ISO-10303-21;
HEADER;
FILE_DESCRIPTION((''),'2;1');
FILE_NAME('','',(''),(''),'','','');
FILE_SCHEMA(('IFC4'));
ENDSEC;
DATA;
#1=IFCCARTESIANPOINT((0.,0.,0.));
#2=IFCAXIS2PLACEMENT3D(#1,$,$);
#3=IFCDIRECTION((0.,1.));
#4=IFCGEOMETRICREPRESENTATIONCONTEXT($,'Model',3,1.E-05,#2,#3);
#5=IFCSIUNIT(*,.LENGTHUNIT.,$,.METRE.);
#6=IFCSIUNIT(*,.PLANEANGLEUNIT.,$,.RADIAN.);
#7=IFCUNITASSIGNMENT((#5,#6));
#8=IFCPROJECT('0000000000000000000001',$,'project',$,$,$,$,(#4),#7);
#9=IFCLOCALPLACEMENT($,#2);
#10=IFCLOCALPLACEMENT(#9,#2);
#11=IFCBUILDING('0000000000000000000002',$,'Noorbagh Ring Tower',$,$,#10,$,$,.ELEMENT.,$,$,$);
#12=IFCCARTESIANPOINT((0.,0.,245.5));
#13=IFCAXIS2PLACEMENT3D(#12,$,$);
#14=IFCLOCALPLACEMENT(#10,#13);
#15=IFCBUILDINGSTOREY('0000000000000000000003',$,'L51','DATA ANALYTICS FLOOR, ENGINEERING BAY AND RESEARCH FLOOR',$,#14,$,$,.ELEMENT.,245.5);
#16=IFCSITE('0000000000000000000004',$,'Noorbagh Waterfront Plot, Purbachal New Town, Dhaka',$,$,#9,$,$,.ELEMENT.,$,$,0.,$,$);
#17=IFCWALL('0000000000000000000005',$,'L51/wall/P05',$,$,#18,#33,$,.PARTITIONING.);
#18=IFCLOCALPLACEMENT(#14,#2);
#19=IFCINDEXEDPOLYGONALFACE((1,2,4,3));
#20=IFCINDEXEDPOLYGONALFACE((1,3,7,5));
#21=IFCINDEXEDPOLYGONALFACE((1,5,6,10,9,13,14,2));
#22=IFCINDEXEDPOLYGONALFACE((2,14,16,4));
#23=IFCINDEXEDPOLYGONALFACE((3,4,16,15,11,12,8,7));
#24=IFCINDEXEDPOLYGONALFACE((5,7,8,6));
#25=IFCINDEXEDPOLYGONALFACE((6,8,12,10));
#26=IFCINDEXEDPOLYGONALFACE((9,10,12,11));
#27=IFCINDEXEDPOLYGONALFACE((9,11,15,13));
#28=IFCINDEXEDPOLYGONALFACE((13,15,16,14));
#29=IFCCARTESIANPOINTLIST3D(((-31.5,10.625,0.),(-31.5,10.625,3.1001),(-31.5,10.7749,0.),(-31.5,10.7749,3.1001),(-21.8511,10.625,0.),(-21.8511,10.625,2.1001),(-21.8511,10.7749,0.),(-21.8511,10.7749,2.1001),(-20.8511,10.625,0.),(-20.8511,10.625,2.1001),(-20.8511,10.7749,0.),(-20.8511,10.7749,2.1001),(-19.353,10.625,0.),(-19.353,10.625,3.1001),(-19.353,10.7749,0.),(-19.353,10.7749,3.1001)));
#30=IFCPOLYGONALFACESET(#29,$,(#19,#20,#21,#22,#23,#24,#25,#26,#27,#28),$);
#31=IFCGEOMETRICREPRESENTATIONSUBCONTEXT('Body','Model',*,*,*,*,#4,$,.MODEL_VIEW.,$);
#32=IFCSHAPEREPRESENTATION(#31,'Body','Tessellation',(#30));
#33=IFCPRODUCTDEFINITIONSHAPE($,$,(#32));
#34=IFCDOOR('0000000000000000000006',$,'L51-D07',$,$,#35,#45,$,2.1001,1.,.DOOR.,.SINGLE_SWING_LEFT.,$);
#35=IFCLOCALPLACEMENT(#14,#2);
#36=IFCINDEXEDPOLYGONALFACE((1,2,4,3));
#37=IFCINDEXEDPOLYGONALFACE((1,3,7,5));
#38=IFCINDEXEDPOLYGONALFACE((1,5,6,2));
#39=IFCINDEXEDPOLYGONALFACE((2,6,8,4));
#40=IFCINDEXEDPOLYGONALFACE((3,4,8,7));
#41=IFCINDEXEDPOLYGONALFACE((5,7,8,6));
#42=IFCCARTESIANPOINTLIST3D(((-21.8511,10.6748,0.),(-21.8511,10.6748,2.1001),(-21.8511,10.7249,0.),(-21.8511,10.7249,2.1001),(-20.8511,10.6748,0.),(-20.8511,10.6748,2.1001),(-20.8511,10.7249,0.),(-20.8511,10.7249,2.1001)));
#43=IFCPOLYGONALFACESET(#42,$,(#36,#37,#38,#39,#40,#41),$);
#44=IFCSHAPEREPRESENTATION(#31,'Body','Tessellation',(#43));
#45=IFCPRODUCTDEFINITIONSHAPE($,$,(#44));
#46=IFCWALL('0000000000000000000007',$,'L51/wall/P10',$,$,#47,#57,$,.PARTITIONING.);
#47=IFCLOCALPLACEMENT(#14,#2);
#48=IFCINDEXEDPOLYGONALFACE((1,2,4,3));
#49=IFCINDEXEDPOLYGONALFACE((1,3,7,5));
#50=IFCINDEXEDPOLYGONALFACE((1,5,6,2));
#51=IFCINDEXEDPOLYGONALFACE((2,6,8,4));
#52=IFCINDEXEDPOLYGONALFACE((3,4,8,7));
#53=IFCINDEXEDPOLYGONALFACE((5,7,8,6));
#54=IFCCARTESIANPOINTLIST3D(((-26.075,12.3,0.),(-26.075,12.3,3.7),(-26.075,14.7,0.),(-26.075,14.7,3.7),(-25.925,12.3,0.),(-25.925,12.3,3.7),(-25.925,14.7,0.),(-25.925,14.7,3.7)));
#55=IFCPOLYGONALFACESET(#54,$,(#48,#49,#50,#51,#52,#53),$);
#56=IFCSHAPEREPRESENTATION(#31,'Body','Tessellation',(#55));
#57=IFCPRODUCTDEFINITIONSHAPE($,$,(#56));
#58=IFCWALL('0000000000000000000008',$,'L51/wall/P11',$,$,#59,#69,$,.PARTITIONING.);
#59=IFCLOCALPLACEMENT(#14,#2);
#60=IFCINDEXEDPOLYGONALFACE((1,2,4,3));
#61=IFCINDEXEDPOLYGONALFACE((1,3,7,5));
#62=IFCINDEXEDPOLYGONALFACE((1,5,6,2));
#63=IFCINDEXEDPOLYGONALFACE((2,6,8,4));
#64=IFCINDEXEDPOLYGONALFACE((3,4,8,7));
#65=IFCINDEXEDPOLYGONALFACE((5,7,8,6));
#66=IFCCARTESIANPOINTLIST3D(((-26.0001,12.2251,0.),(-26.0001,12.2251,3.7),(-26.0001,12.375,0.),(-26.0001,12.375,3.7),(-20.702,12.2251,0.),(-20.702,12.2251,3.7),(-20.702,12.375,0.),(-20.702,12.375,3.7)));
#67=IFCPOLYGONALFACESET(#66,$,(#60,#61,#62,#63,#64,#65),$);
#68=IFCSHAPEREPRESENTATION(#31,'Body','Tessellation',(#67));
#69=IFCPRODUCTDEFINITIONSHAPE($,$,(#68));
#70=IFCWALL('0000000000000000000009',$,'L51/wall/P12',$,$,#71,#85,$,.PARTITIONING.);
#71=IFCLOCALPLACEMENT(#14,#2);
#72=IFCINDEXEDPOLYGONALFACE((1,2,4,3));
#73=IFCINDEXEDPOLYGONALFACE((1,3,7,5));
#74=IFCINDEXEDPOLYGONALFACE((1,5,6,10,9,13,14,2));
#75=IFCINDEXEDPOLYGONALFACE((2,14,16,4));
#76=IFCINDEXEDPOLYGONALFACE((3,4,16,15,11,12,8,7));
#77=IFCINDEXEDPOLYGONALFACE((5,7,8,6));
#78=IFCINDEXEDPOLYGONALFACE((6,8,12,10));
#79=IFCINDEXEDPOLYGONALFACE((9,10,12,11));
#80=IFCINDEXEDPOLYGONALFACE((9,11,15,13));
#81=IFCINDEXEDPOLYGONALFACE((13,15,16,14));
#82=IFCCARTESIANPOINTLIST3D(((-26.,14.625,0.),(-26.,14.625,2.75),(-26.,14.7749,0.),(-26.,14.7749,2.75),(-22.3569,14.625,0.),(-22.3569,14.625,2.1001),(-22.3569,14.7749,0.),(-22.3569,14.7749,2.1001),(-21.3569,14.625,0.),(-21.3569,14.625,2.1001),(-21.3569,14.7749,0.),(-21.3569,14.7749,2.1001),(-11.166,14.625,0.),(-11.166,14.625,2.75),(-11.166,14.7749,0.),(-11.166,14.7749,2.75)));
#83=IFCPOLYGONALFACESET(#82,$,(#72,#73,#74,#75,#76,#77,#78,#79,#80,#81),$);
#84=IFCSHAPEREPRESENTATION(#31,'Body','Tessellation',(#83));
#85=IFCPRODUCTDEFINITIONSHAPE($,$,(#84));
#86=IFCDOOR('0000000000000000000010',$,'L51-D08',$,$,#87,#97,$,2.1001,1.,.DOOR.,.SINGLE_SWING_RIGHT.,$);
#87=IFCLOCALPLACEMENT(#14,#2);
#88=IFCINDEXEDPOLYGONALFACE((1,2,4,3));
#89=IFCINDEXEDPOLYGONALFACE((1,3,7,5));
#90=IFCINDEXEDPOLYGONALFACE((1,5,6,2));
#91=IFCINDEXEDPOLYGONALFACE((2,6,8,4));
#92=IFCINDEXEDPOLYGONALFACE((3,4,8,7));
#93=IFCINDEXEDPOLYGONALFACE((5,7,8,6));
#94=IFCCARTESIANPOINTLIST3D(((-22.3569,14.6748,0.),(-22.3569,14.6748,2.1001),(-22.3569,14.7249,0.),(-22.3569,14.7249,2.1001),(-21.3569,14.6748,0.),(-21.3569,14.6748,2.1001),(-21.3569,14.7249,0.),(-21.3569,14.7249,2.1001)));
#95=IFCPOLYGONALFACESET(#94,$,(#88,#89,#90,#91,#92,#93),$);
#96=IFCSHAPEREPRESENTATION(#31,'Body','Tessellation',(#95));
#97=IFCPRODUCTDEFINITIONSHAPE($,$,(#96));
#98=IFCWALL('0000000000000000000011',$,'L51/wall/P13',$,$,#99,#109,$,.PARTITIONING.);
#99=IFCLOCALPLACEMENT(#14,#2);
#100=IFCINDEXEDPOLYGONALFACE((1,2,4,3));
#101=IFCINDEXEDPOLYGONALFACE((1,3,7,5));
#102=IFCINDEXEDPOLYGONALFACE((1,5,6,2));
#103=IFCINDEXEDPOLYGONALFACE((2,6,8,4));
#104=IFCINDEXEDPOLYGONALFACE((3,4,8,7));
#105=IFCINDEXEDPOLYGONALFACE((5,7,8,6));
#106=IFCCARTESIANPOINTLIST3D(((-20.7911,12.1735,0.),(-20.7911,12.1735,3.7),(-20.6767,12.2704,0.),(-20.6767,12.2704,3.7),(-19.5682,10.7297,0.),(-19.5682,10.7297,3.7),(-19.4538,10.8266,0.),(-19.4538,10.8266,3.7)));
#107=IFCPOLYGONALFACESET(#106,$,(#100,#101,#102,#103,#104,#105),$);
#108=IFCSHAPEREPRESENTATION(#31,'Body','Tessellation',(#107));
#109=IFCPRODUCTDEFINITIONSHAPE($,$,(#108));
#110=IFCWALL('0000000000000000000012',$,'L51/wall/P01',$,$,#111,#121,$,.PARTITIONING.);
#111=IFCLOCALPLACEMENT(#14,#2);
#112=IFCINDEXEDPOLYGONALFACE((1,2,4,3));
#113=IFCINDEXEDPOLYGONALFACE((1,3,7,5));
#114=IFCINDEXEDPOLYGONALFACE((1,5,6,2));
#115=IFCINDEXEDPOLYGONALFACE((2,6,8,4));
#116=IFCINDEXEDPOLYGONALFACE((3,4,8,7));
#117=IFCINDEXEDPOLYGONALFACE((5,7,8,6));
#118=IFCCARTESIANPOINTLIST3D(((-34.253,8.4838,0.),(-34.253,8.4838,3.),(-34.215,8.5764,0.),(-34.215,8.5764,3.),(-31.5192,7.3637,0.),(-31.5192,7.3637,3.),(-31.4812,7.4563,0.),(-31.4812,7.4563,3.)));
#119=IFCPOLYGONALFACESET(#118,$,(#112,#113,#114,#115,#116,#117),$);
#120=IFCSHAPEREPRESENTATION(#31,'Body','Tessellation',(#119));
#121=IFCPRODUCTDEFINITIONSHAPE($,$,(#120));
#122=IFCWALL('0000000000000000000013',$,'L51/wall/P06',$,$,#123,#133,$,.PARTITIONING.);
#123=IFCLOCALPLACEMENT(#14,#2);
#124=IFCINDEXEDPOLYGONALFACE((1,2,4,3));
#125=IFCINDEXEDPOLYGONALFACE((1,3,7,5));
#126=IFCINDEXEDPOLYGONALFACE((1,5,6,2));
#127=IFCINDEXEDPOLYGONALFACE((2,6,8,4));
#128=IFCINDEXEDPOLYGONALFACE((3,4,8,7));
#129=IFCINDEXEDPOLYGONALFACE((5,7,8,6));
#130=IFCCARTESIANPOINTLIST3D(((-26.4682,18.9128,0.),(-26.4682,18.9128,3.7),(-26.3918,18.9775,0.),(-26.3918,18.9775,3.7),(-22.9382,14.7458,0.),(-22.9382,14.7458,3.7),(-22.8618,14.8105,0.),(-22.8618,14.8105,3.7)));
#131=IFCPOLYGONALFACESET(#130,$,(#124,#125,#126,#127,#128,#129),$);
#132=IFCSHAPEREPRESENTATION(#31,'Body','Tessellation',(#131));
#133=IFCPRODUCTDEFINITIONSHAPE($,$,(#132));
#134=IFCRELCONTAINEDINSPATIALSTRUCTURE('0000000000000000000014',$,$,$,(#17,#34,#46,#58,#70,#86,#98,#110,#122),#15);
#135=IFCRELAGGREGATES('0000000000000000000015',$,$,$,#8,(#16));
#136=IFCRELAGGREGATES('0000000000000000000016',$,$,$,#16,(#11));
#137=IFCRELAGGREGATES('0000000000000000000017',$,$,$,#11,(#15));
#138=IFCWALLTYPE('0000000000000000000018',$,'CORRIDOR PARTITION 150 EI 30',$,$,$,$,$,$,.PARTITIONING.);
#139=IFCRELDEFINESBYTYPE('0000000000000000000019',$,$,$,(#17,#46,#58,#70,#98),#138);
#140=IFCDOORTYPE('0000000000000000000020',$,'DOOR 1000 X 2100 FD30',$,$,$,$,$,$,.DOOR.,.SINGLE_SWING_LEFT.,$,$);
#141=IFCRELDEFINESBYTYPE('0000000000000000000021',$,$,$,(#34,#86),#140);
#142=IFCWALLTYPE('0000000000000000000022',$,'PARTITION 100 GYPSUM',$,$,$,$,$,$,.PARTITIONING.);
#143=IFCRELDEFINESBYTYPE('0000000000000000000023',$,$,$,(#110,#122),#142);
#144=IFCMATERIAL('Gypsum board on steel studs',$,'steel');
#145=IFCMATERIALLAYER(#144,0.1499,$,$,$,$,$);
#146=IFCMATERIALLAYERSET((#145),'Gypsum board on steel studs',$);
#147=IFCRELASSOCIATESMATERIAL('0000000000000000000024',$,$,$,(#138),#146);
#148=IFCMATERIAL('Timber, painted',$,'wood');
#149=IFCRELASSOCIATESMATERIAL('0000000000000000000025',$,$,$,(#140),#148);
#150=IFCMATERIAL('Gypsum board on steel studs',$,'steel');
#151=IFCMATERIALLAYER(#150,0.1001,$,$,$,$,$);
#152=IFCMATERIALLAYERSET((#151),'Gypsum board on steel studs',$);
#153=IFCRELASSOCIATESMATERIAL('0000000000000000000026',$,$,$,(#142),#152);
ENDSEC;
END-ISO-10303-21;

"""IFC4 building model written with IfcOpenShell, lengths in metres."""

from ifc_helpers import new_model, si_unit, direction, frame, frame_2d, origin, place, context, subcontext, project, spatial, rectangle, extrude, material, layer, layer_set, type_object, element, fill, save


model = new_model("IFC4")

# Units and contexts
model_context = context("Model", 3, precision=1e-05, world=origin(), true_north=direction((0.0, 1.0)))
body_context = subcontext(model_context, "Body", "Model", "MODEL_VIEW")
ifc_project = project(units=[si_unit("LENGTHUNIT", "METRE"), si_unit("PLANEANGLEUNIT", "RADIAN")], contexts=[model_context])

# Site, building, storey
site_placement = place(None, origin())
site = spatial("IfcSite", under=ifc_project, at=site_placement, Name="Noorbagh Waterfront Plot, Purbachal New Town, Dhaka", CompositionType="ELEMENT", RefElevation=0.0)
building_placement = place(site_placement, origin())
building = spatial("IfcBuilding", under=site, at=building_placement, Name="Noorbagh Ring Tower", CompositionType="ELEMENT")
storey_placement = place(building_placement, frame((0.0, 0.0, 245.5)))
storey = spatial("IfcBuildingStorey", under=building, at=storey_placement, Name="L51", Description="DATA ANALYTICS FLOOR, ENGINEERING BAY AND RESEARCH FLOOR", CompositionType="ELEMENT", Elevation=245.5)

# Shared definitions
ifc_material_1 = material(Name="Gypsum board on steel studs", Category="steel")
ifc_layer_1 = layer(ifc_material_1, 0.1499)
ifc_layer_set_1 = layer_set([ifc_layer_1], Name="Gypsum board on steel studs")
wall_type_1 = type_object("IfcWallType", Name="CORRIDOR PARTITION 150 EI 30", PredefinedType="PARTITIONING", material=ifc_layer_set_1)

# Wall, opening, door
wall_1_placement = place(storey_placement, frame((-31.5, 10.7, 0.0), z_axis=(0.0, 0.0, 1.0), x_axis=(1.0, 0.0, 0.0)))
wall_1 = element("IfcWall", 1, at=wall_1_placement, inside=storey, type_object=wall_type_1, Name="L51/wall/P05", PredefinedType="PARTITIONING", context=body_context, shape_type="SweptSolid", body=[
    extrude(rectangle(XDim=12.147, YDim=0.1499, at=frame_2d((6.0735, 0.0))), origin(), (0.0, 0.0, 1.0), 3.1001),
])
opening_1_placement = place(wall_1_placement, frame((9.6489, 0.0, 0.0)))
opening_1 = element("IfcOpeningElement", 2, at=opening_1_placement, cuts=wall_1, PredefinedType="OPENING", context=body_context, shape_type="SweptSolid", body=[
    extrude(rectangle(XDim=1.0, YDim=2.1001, at=frame_2d((0.5, 1.05))), frame((0.0, 0.085, 0.0), z_axis=(0.0, -1.0, 0.0), x_axis=(1.0, 0.0, 0.0)), (0.0, 0.0, 1.0), 0.1699),
])
ifc_material_2 = material(Name="Timber, painted", Category="wood")
door_type = type_object("IfcDoorType", Name="DOOR 1000 X 2100 FD30", OperationType="SINGLE_SWING_LEFT", PredefinedType="DOOR", material=ifc_material_2)
door_1_placement = place(opening_1_placement, origin())
door_1 = element("IfcDoor", 3, at=door_1_placement, inside=storey, type_object=door_type, Name="L51-D07", OperationType="SINGLE_SWING_LEFT", OverallHeight=2.1001, OverallWidth=1.0, PredefinedType="DOOR", context=body_context, shape_type="SweptSolid", body=[
    extrude(rectangle(XDim=1.0, YDim=2.1001, at=frame_2d((0.5, 1.05))), frame((0.0, 0.0249, 0.0), z_axis=(0.0, -1.0, 0.0), x_axis=(1.0, 0.0, 0.0)), (0.0, 0.0, 1.0), 0.05),
])
fill(opening_1, door_1)

# Walls
wall_2_placement = place(storey_placement, frame((-26.0, 12.3, 0.0), z_axis=(0.0, 0.0, 1.0), x_axis=(0.0, 1.0, 0.0)))
element("IfcWall", 4, at=wall_2_placement, inside=storey, type_object=wall_type_1, Name="L51/wall/P10", PredefinedType="PARTITIONING", context=body_context, shape_type="SweptSolid", body=[
    extrude(rectangle(XDim=2.3999, YDim=0.1499, at=frame_2d((1.2, 0.0))), origin(), (0.0, 0.0, 1.0), 3.7),
])
wall_3_placement = place(storey_placement, frame((-26.0, 12.3, 0.0), z_axis=(0.0, 0.0, 1.0), x_axis=(1.0, 0.0, 0.0)))
element("IfcWall", 5, at=wall_3_placement, inside=storey, type_object=wall_type_1, Name="L51/wall/P11", PredefinedType="PARTITIONING", context=body_context, shape_type="SweptSolid", body=[
    extrude(rectangle(XDim=5.2981, YDim=0.1499, at=frame_2d((2.6489, 0.0))), origin(), (0.0, 0.0, 1.0), 3.7),
])

# Wall, opening, door
wall_4_placement = place(storey_placement, frame((-26.0, 14.7, 0.0), z_axis=(0.0, 0.0, 1.0), x_axis=(1.0, 0.0, 0.0)))
wall_4 = element("IfcWall", 6, at=wall_4_placement, inside=storey, type_object=wall_type_1, Name="L51/wall/P12", PredefinedType="PARTITIONING", context=body_context, shape_type="SweptSolid", body=[
    extrude(rectangle(XDim=14.834, YDim=0.1499, at=frame_2d((7.417, 0.0))), origin(), (0.0, 0.0, 1.0), 2.75),
])
opening_2_placement = place(wall_4_placement, frame((3.6431, 0.0, 0.0)))
opening_2 = element("IfcOpeningElement", 7, at=opening_2_placement, cuts=wall_4, PredefinedType="OPENING", context=body_context, shape_type="SweptSolid", body=[
    extrude(rectangle(XDim=1.0, YDim=2.1001, at=frame_2d((0.5, 1.05))), frame((0.0, 0.085, 0.0), z_axis=(0.0, -1.0, 0.0), x_axis=(1.0, 0.0, 0.0)), (0.0, 0.0, 1.0), 0.1699),
])
door_2_placement = place(opening_2_placement, origin())
door_2 = element("IfcDoor", 8, at=door_2_placement, inside=storey, type_object=door_type, Name="L51-D08", OperationType="SINGLE_SWING_RIGHT", OverallHeight=2.1001, OverallWidth=1.0, PredefinedType="DOOR", context=body_context, shape_type="SweptSolid", body=[
    extrude(rectangle(XDim=1.0, YDim=2.1001, at=frame_2d((0.5, 1.05))), frame((0.0, 0.0249, 0.0), z_axis=(0.0, -1.0, 0.0), x_axis=(1.0, 0.0, 0.0)), (0.0, 0.0, 1.0), 0.05),
])
fill(opening_2, door_2)

# Walls
wall_5_placement = place(storey_placement, frame((-20.7339, 12.2219, 0.0), z_axis=(0.0, 0.0, 1.0), x_axis=(0.646307, -0.763078, 0.0)))
element("IfcWall", 9, at=wall_5_placement, inside=storey, type_object=wall_type_1, Name="L51/wall/P13", PredefinedType="PARTITIONING", context=body_context, shape_type="SweptSolid", body=[
    extrude(rectangle(XDim=1.8921, YDim=0.1499, at=frame_2d((0.946, 0.0))), origin(), (0.0, 0.0, 1.0), 3.7),
])
ifc_material_3 = material(Name="Gypsum board on steel studs", Category="steel")
ifc_layer_2 = layer(ifc_material_3, 0.1001)
ifc_layer_set_2 = layer_set([ifc_layer_2], Name="Gypsum board on steel studs")
wall_type_2 = type_object("IfcWallType", Name="PARTITION 100 GYPSUM", PredefinedType="PARTITIONING", material=ifc_layer_set_2)
wall_6_placement = place(storey_placement, frame((-34.2339, 8.53, 0.0), z_axis=(0.0, 0.0, 1.0), x_axis=(0.925344, -0.379128, 0.0)))
element("IfcWall", 10, at=wall_6_placement, inside=storey, type_object=wall_type_2, Name="L51/wall/P01", PredefinedType="PARTITIONING", context=body_context, shape_type="SweptSolid", body=[
    extrude(rectangle(XDim=2.9543, YDim=0.1001, at=frame_2d((1.4771, 0.0))), origin(), (0.0, 0.0, 1.0), 3.0),
])
wall_7_placement = place(storey_placement, frame((-26.4299, 18.9451, 0.0), z_axis=(0.0, 0.0, 1.0), x_axis=(0.646381, -0.763015, 0.0)))
element("IfcWall", 11, at=wall_7_placement, inside=storey, type_object=wall_type_2, Name="L51/wall/P06", PredefinedType="PARTITIONING", context=body_context, shape_type="SweptSolid", body=[
    extrude(rectangle(XDim=5.4612, YDim=0.1001, at=frame_2d((2.7305, 0.0))), origin(), (0.0, 0.0, 1.0), 3.7),
])

save(model, "model.ifc")
